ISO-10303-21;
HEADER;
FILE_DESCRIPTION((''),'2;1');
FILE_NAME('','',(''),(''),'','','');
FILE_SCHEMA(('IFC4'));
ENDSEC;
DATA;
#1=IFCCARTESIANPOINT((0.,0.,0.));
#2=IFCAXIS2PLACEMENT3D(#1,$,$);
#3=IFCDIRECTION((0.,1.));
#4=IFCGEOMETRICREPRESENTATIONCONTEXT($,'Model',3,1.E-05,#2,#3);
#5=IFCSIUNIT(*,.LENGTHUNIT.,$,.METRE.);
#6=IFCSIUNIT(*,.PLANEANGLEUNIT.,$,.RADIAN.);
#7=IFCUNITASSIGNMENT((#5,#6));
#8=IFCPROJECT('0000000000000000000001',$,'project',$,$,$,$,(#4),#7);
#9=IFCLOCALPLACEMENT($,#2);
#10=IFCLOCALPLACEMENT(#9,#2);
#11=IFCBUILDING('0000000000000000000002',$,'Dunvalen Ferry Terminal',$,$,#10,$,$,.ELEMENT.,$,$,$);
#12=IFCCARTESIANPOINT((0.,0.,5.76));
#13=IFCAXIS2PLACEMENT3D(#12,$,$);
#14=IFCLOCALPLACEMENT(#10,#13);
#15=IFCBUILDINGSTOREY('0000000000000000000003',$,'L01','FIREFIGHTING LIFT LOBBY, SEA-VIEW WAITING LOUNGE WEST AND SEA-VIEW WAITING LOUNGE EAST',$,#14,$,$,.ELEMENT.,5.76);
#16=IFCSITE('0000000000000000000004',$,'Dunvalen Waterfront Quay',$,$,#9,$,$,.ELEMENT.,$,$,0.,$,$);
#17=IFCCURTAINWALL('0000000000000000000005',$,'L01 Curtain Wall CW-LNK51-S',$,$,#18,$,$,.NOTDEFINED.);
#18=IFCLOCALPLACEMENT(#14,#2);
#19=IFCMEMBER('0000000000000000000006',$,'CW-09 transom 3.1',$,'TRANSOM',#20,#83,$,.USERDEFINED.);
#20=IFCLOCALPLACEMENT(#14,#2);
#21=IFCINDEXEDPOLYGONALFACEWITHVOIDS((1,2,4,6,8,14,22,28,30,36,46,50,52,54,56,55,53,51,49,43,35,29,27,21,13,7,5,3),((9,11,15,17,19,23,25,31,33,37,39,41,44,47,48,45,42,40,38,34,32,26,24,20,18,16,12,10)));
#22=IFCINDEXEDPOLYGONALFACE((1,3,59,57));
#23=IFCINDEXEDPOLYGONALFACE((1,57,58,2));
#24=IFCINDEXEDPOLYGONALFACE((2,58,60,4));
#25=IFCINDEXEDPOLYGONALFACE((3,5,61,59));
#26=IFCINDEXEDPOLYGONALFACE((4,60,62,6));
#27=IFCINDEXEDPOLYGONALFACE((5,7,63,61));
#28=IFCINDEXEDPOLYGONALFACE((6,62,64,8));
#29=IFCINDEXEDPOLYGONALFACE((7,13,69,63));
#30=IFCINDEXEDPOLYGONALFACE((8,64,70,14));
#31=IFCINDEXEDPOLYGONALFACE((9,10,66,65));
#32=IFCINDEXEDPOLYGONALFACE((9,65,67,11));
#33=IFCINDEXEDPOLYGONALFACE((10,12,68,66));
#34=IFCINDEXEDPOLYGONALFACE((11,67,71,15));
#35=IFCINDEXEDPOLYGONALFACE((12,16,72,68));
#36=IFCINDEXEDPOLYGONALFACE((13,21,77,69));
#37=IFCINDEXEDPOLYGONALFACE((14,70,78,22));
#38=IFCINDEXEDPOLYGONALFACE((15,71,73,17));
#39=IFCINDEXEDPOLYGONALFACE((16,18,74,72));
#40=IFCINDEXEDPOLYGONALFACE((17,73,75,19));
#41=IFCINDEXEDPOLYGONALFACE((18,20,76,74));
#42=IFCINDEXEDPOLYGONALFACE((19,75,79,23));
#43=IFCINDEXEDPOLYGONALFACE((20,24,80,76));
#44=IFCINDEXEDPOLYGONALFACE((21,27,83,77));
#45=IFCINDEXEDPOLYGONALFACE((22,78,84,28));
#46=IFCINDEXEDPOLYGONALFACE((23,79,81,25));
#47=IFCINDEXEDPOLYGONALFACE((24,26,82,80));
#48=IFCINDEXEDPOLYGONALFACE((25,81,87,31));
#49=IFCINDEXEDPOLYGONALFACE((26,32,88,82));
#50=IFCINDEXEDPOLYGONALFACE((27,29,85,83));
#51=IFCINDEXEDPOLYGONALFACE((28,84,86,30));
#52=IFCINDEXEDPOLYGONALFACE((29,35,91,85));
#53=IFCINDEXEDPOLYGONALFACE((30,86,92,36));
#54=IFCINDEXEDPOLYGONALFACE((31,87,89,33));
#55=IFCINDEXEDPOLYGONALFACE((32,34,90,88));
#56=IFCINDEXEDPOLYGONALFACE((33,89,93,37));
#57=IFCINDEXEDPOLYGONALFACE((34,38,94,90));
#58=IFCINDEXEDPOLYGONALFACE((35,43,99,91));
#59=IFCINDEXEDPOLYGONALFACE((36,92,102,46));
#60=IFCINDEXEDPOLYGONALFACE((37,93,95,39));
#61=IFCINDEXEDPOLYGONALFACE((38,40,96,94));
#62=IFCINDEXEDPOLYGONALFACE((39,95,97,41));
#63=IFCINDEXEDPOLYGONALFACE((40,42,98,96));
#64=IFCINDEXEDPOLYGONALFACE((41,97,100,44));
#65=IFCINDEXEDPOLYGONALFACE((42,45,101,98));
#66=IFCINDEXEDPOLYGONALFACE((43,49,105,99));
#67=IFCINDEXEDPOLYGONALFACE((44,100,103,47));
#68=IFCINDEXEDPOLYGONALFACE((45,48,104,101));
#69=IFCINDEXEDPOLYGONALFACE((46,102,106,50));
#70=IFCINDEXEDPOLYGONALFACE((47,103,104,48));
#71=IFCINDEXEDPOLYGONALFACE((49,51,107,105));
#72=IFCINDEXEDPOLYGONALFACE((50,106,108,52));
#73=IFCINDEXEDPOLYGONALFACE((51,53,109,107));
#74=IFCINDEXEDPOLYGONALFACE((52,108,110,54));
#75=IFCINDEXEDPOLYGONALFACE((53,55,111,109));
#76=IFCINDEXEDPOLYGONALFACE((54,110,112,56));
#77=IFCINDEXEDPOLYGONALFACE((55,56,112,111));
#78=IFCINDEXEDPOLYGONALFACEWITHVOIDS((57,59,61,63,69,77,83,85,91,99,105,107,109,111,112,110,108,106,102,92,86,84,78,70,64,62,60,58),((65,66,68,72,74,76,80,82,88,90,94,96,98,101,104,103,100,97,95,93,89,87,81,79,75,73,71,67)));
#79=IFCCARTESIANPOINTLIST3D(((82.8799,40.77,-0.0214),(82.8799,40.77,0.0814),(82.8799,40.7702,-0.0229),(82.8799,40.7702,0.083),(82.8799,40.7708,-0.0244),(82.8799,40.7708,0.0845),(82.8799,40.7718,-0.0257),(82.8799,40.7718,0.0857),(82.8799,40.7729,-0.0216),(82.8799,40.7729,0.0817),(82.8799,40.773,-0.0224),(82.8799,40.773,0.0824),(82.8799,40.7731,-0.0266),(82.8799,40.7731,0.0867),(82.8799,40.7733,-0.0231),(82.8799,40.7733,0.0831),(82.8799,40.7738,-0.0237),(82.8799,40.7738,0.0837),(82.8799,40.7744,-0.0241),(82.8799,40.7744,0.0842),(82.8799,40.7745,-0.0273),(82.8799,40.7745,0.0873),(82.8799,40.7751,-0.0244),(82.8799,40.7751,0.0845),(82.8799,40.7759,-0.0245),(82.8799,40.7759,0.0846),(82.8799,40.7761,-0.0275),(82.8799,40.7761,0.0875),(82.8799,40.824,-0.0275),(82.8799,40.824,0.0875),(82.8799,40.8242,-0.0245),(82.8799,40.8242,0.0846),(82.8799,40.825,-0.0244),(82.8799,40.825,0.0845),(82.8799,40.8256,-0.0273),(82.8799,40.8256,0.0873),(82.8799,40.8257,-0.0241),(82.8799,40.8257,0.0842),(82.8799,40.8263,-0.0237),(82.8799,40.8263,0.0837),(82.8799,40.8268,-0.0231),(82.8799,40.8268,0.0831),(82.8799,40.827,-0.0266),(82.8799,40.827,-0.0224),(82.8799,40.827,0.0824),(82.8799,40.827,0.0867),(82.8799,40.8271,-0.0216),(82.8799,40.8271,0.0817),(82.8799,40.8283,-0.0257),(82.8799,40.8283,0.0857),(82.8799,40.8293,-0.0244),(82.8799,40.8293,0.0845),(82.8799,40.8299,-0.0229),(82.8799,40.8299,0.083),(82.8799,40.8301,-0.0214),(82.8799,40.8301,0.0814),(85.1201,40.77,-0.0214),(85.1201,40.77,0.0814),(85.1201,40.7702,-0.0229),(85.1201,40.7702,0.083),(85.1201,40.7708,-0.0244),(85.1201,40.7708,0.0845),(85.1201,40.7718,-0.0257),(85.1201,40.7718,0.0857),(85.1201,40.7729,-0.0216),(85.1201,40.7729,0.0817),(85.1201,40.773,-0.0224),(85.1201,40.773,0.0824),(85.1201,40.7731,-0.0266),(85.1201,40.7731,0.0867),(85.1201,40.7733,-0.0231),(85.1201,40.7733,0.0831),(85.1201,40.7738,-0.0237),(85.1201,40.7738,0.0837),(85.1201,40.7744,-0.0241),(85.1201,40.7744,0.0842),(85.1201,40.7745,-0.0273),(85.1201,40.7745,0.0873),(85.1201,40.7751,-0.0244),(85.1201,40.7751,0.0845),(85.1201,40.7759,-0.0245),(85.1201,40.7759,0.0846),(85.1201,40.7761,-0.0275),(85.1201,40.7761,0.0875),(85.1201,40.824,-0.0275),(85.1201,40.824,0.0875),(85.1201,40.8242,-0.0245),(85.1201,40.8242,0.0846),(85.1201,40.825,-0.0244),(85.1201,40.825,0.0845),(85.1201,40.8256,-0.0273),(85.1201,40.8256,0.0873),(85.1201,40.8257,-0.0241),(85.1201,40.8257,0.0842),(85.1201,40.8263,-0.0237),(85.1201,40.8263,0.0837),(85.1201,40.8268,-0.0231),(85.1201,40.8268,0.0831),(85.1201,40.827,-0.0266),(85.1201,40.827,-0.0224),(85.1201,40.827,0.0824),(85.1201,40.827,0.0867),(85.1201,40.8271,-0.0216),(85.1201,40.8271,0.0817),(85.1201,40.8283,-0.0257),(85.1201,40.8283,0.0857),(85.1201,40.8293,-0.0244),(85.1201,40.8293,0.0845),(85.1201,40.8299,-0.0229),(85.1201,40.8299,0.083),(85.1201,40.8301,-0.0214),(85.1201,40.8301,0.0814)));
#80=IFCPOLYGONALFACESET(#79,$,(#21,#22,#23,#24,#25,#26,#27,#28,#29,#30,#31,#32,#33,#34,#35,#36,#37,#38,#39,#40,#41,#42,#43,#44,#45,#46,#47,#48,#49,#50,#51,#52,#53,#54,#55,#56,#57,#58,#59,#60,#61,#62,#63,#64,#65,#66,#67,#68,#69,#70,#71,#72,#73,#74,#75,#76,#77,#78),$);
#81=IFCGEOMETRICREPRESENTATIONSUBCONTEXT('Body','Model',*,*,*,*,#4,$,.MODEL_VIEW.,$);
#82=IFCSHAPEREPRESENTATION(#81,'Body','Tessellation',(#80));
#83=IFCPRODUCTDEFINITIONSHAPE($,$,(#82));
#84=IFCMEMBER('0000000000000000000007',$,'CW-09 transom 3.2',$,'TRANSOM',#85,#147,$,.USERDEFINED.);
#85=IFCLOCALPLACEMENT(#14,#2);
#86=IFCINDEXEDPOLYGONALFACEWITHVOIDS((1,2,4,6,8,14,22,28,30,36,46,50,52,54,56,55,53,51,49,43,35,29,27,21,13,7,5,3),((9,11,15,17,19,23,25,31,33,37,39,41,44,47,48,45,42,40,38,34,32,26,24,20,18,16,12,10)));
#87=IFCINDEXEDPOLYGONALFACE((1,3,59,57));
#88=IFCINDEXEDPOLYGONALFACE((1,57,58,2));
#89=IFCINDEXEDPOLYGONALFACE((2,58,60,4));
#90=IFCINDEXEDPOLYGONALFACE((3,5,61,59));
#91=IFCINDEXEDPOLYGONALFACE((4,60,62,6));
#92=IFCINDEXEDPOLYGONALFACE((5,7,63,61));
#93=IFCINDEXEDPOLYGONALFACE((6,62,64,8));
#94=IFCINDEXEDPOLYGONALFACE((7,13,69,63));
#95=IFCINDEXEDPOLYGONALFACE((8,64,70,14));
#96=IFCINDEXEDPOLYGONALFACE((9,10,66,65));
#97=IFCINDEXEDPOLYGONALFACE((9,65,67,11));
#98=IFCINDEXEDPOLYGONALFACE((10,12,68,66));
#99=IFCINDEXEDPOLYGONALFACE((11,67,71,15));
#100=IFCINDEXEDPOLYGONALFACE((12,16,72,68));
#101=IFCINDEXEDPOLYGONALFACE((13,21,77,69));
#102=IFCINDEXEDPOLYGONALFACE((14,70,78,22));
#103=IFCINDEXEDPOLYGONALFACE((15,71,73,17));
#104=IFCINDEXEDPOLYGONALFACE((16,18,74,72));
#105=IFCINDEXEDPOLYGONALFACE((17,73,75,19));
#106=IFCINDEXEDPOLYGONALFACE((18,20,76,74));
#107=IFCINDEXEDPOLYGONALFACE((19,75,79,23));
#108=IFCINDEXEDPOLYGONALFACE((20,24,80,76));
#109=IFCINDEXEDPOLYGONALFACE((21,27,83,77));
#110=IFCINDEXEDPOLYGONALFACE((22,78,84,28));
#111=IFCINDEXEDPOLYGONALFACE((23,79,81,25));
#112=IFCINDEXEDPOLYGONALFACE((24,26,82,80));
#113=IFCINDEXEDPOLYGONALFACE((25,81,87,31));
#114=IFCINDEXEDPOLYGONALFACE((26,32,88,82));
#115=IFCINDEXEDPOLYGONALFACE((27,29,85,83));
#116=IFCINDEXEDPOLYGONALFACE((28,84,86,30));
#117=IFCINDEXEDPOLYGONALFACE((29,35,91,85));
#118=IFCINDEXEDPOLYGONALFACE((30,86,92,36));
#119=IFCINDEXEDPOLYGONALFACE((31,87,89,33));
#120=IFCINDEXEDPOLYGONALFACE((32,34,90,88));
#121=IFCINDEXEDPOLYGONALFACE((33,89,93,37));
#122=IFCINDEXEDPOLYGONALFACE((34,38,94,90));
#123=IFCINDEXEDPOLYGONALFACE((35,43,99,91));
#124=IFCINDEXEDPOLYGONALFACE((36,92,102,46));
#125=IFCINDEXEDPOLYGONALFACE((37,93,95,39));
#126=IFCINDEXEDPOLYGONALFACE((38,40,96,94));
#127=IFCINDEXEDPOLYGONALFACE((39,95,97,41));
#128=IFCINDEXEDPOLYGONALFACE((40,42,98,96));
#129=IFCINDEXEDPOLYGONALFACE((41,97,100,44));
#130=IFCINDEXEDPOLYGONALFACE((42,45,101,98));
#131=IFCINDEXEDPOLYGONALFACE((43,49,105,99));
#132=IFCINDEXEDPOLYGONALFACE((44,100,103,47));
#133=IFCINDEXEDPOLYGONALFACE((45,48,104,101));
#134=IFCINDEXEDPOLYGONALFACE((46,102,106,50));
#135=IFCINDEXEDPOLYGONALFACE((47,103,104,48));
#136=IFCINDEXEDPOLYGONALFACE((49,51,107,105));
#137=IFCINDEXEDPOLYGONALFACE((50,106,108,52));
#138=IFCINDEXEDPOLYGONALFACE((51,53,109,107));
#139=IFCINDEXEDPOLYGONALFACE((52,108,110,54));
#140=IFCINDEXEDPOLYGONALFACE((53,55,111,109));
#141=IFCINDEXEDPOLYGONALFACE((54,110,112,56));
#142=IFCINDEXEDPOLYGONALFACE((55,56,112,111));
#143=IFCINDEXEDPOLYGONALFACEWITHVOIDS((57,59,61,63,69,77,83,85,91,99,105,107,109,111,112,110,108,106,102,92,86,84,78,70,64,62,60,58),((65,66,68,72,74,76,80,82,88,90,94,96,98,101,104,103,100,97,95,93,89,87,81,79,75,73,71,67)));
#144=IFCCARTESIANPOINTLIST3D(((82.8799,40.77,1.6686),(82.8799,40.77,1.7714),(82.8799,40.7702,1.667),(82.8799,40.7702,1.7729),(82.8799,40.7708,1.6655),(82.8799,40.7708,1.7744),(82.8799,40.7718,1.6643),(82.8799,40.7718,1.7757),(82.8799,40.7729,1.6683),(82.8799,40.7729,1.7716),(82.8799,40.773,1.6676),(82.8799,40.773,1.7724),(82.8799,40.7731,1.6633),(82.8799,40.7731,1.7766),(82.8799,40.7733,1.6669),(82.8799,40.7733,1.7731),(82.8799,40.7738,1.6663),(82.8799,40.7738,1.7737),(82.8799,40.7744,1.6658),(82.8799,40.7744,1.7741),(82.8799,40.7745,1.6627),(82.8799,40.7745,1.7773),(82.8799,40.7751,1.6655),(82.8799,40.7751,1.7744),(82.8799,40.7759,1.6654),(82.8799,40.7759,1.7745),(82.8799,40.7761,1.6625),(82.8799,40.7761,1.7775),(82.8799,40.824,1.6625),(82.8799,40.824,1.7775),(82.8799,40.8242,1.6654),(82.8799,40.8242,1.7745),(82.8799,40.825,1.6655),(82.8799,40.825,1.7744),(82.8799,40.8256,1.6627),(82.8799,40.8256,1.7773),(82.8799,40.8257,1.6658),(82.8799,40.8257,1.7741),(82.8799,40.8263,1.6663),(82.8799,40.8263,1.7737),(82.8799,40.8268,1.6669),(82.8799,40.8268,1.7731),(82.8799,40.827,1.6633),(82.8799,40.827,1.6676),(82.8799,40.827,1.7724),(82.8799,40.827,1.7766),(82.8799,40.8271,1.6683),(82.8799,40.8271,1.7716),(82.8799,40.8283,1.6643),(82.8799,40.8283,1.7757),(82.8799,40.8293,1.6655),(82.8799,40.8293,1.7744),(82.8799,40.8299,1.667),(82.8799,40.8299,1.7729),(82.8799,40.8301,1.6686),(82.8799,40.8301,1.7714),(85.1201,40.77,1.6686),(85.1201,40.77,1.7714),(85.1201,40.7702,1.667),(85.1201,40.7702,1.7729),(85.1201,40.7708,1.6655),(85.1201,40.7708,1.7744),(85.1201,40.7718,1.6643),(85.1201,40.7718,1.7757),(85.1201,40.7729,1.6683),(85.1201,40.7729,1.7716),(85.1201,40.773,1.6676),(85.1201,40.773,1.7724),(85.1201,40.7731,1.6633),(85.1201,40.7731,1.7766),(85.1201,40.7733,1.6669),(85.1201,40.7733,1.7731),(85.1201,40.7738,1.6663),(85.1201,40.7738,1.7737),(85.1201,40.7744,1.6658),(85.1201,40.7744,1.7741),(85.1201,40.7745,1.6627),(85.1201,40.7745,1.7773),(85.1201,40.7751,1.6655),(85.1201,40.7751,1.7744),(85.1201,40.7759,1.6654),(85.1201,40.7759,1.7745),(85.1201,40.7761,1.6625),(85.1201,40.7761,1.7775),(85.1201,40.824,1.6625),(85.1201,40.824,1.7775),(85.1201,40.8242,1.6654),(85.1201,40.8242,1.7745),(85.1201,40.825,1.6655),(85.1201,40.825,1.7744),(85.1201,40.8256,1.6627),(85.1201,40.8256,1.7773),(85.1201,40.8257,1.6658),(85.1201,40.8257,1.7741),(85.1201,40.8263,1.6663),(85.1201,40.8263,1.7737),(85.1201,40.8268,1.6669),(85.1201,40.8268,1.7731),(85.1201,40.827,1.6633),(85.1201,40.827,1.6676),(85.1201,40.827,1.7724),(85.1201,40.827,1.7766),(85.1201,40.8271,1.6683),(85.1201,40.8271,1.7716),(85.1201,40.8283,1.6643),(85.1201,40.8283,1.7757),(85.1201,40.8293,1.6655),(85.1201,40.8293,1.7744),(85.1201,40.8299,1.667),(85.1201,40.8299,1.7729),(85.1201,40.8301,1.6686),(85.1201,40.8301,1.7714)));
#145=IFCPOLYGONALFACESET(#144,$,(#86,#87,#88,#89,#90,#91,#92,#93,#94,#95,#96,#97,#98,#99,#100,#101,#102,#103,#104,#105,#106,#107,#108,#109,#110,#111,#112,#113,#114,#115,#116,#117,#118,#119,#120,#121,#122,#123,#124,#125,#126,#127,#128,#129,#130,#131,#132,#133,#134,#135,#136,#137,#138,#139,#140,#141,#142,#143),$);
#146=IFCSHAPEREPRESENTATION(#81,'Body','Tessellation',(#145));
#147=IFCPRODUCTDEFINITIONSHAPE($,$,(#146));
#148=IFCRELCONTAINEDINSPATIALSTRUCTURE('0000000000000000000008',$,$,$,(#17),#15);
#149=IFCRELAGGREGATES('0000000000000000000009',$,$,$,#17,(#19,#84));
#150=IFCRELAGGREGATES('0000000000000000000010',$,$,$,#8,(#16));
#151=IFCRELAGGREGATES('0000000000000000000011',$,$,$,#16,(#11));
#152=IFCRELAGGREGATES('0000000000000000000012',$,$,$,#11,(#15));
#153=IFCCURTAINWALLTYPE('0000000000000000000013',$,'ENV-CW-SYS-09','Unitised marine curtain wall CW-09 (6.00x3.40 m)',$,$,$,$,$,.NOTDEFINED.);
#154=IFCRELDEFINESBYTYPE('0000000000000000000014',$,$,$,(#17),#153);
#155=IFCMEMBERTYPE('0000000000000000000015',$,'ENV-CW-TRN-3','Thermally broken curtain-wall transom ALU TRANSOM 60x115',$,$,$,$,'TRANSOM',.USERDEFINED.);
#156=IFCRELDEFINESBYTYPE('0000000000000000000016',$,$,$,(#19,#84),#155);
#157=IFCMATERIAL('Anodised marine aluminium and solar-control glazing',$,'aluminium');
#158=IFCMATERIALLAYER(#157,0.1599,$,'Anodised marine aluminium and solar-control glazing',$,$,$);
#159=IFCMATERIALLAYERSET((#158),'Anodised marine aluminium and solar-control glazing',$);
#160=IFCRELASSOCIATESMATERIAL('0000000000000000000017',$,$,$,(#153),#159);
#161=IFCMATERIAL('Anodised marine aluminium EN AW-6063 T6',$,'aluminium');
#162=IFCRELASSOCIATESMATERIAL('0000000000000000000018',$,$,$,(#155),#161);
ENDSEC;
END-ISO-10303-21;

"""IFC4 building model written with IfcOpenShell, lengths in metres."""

from ifc_helpers import new_model, si_unit, direction, frame, origin, origin_2d, place, context, subcontext, project, spatial, hollow_rectangle, extrude, material, layer, layer_set, material_profile, profile_set, type_object, element, aggregate, save


model = new_model("IFC4")

# Units and contexts
model_context = context("Model", 3, precision=1e-05, world=origin(), true_north=direction((0.0, 1.0)))
body_context = subcontext(model_context, "Body", "Model", "MODEL_VIEW")
ifc_project = project(units=[si_unit("LENGTHUNIT", "METRE"), si_unit("PLANEANGLEUNIT", "RADIAN")], contexts=[model_context])

# Site, building, storey
site_placement = place(None, origin())
site = spatial("IfcSite", under=ifc_project, at=site_placement, Name="Dunvalen Waterfront Quay", CompositionType="ELEMENT", RefElevation=0.0)
building_placement = place(site_placement, origin())
building = spatial("IfcBuilding", under=site, at=building_placement, Name="Dunvalen Ferry Terminal", CompositionType="ELEMENT")
storey_placement = place(building_placement, frame((0.0, 0.0, 5.76)))
storey = spatial("IfcBuildingStorey", under=building, at=storey_placement, Name="L01", Description="FIREFIGHTING LIFT LOBBY, SEA-VIEW WAITING LOUNGE WEST AND SEA-VIEW WAITING LOUNGE EAST", CompositionType="ELEMENT", Elevation=5.76)

# Curtain wall, members
ifc_material_1 = material(Name="Anodised marine aluminium and solar-control glazing", Category="aluminium")
ifc_layer_1 = layer(ifc_material_1, 0.1599, Name="Anodised marine aluminium and solar-control glazing")
ifc_layer_set_1 = layer_set([ifc_layer_1], Name="Anodised marine aluminium and solar-control glazing")
curtain_wall_type = type_object("IfcCurtainWallType", Name="ENV-CW-SYS-09", Description="Unitised marine curtain wall CW-09 (6.00x3.40 m)", PredefinedType="NOTDEFINED", material=ifc_layer_set_1)
curtain_wall_placement = place(storey_placement, origin())
curtain_wall = element("IfcCurtainWall", 1, at=curtain_wall_placement, inside=storey, type_object=curtain_wall_type, Name="L01 Curtain Wall CW-LNK51-S", PredefinedType="NOTDEFINED")
ifc_material_2 = material(Name="Anodised marine aluminium EN AW-6063 T6", Category="aluminium")
ifc_material_profile_1 = material_profile(ifc_material_2, hollow_rectangle(XDim=0.0601, YDim=0.115, WallThickness=0.0029, InnerFilletRadius=0.0029, OuterFilletRadius=0.0061, at=origin_2d()), Name="Anodised marine aluminium EN AW-6063 T6")
ifc_profile_set_1 = profile_set([ifc_material_profile_1], Name="Anodised marine aluminium EN AW-6063 T6")
member_type_1 = type_object("IfcMemberType", Name="ENV-CW-TRN-3", Description="Thermally broken curtain-wall transom ALU TRANSOM 60x115", ElementType="TRANSOM", PredefinedType="USERDEFINED", material=ifc_profile_set_1)
member_1_placement = place(storey_placement, frame((82.8799, 40.8, 0.03), z_axis=(1.0, 0.0, 0.0), x_axis=(0.0, 1.0, 0.0)))
member_1 = element("IfcMember", 2, at=member_1_placement, type_object=member_type_1, Name="CW-09 transom 3.1", ObjectType="TRANSOM", PredefinedType="USERDEFINED", context=body_context, shape_type="SweptSolid", body=[
    extrude(hollow_rectangle(XDim=0.0601, YDim=0.115, WallThickness=0.0029, InnerFilletRadius=0.0029, OuterFilletRadius=0.0061, at=origin_2d()), origin(), (0.0, 0.0, 1.0), 2.2402),
])
member_2_placement = place(storey_placement, frame((82.8799, 40.8, 1.72), z_axis=(1.0, 0.0, 0.0), x_axis=(0.0, 1.0, 0.0)))
member_2 = element("IfcMember", 3, at=member_2_placement, type_object=member_type_1, Name="CW-09 transom 3.2", ObjectType="TRANSOM", PredefinedType="USERDEFINED", context=body_context, shape_type="SweptSolid", body=[
    extrude(hollow_rectangle(XDim=0.0601, YDim=0.115, WallThickness=0.0029, InnerFilletRadius=0.0029, OuterFilletRadius=0.0061, at=origin_2d()), origin(), (0.0, 0.0, 1.0), 2.2402),
])

aggregate(curtain_wall, [member_1, member_2])

save(model, "model.ifc")
